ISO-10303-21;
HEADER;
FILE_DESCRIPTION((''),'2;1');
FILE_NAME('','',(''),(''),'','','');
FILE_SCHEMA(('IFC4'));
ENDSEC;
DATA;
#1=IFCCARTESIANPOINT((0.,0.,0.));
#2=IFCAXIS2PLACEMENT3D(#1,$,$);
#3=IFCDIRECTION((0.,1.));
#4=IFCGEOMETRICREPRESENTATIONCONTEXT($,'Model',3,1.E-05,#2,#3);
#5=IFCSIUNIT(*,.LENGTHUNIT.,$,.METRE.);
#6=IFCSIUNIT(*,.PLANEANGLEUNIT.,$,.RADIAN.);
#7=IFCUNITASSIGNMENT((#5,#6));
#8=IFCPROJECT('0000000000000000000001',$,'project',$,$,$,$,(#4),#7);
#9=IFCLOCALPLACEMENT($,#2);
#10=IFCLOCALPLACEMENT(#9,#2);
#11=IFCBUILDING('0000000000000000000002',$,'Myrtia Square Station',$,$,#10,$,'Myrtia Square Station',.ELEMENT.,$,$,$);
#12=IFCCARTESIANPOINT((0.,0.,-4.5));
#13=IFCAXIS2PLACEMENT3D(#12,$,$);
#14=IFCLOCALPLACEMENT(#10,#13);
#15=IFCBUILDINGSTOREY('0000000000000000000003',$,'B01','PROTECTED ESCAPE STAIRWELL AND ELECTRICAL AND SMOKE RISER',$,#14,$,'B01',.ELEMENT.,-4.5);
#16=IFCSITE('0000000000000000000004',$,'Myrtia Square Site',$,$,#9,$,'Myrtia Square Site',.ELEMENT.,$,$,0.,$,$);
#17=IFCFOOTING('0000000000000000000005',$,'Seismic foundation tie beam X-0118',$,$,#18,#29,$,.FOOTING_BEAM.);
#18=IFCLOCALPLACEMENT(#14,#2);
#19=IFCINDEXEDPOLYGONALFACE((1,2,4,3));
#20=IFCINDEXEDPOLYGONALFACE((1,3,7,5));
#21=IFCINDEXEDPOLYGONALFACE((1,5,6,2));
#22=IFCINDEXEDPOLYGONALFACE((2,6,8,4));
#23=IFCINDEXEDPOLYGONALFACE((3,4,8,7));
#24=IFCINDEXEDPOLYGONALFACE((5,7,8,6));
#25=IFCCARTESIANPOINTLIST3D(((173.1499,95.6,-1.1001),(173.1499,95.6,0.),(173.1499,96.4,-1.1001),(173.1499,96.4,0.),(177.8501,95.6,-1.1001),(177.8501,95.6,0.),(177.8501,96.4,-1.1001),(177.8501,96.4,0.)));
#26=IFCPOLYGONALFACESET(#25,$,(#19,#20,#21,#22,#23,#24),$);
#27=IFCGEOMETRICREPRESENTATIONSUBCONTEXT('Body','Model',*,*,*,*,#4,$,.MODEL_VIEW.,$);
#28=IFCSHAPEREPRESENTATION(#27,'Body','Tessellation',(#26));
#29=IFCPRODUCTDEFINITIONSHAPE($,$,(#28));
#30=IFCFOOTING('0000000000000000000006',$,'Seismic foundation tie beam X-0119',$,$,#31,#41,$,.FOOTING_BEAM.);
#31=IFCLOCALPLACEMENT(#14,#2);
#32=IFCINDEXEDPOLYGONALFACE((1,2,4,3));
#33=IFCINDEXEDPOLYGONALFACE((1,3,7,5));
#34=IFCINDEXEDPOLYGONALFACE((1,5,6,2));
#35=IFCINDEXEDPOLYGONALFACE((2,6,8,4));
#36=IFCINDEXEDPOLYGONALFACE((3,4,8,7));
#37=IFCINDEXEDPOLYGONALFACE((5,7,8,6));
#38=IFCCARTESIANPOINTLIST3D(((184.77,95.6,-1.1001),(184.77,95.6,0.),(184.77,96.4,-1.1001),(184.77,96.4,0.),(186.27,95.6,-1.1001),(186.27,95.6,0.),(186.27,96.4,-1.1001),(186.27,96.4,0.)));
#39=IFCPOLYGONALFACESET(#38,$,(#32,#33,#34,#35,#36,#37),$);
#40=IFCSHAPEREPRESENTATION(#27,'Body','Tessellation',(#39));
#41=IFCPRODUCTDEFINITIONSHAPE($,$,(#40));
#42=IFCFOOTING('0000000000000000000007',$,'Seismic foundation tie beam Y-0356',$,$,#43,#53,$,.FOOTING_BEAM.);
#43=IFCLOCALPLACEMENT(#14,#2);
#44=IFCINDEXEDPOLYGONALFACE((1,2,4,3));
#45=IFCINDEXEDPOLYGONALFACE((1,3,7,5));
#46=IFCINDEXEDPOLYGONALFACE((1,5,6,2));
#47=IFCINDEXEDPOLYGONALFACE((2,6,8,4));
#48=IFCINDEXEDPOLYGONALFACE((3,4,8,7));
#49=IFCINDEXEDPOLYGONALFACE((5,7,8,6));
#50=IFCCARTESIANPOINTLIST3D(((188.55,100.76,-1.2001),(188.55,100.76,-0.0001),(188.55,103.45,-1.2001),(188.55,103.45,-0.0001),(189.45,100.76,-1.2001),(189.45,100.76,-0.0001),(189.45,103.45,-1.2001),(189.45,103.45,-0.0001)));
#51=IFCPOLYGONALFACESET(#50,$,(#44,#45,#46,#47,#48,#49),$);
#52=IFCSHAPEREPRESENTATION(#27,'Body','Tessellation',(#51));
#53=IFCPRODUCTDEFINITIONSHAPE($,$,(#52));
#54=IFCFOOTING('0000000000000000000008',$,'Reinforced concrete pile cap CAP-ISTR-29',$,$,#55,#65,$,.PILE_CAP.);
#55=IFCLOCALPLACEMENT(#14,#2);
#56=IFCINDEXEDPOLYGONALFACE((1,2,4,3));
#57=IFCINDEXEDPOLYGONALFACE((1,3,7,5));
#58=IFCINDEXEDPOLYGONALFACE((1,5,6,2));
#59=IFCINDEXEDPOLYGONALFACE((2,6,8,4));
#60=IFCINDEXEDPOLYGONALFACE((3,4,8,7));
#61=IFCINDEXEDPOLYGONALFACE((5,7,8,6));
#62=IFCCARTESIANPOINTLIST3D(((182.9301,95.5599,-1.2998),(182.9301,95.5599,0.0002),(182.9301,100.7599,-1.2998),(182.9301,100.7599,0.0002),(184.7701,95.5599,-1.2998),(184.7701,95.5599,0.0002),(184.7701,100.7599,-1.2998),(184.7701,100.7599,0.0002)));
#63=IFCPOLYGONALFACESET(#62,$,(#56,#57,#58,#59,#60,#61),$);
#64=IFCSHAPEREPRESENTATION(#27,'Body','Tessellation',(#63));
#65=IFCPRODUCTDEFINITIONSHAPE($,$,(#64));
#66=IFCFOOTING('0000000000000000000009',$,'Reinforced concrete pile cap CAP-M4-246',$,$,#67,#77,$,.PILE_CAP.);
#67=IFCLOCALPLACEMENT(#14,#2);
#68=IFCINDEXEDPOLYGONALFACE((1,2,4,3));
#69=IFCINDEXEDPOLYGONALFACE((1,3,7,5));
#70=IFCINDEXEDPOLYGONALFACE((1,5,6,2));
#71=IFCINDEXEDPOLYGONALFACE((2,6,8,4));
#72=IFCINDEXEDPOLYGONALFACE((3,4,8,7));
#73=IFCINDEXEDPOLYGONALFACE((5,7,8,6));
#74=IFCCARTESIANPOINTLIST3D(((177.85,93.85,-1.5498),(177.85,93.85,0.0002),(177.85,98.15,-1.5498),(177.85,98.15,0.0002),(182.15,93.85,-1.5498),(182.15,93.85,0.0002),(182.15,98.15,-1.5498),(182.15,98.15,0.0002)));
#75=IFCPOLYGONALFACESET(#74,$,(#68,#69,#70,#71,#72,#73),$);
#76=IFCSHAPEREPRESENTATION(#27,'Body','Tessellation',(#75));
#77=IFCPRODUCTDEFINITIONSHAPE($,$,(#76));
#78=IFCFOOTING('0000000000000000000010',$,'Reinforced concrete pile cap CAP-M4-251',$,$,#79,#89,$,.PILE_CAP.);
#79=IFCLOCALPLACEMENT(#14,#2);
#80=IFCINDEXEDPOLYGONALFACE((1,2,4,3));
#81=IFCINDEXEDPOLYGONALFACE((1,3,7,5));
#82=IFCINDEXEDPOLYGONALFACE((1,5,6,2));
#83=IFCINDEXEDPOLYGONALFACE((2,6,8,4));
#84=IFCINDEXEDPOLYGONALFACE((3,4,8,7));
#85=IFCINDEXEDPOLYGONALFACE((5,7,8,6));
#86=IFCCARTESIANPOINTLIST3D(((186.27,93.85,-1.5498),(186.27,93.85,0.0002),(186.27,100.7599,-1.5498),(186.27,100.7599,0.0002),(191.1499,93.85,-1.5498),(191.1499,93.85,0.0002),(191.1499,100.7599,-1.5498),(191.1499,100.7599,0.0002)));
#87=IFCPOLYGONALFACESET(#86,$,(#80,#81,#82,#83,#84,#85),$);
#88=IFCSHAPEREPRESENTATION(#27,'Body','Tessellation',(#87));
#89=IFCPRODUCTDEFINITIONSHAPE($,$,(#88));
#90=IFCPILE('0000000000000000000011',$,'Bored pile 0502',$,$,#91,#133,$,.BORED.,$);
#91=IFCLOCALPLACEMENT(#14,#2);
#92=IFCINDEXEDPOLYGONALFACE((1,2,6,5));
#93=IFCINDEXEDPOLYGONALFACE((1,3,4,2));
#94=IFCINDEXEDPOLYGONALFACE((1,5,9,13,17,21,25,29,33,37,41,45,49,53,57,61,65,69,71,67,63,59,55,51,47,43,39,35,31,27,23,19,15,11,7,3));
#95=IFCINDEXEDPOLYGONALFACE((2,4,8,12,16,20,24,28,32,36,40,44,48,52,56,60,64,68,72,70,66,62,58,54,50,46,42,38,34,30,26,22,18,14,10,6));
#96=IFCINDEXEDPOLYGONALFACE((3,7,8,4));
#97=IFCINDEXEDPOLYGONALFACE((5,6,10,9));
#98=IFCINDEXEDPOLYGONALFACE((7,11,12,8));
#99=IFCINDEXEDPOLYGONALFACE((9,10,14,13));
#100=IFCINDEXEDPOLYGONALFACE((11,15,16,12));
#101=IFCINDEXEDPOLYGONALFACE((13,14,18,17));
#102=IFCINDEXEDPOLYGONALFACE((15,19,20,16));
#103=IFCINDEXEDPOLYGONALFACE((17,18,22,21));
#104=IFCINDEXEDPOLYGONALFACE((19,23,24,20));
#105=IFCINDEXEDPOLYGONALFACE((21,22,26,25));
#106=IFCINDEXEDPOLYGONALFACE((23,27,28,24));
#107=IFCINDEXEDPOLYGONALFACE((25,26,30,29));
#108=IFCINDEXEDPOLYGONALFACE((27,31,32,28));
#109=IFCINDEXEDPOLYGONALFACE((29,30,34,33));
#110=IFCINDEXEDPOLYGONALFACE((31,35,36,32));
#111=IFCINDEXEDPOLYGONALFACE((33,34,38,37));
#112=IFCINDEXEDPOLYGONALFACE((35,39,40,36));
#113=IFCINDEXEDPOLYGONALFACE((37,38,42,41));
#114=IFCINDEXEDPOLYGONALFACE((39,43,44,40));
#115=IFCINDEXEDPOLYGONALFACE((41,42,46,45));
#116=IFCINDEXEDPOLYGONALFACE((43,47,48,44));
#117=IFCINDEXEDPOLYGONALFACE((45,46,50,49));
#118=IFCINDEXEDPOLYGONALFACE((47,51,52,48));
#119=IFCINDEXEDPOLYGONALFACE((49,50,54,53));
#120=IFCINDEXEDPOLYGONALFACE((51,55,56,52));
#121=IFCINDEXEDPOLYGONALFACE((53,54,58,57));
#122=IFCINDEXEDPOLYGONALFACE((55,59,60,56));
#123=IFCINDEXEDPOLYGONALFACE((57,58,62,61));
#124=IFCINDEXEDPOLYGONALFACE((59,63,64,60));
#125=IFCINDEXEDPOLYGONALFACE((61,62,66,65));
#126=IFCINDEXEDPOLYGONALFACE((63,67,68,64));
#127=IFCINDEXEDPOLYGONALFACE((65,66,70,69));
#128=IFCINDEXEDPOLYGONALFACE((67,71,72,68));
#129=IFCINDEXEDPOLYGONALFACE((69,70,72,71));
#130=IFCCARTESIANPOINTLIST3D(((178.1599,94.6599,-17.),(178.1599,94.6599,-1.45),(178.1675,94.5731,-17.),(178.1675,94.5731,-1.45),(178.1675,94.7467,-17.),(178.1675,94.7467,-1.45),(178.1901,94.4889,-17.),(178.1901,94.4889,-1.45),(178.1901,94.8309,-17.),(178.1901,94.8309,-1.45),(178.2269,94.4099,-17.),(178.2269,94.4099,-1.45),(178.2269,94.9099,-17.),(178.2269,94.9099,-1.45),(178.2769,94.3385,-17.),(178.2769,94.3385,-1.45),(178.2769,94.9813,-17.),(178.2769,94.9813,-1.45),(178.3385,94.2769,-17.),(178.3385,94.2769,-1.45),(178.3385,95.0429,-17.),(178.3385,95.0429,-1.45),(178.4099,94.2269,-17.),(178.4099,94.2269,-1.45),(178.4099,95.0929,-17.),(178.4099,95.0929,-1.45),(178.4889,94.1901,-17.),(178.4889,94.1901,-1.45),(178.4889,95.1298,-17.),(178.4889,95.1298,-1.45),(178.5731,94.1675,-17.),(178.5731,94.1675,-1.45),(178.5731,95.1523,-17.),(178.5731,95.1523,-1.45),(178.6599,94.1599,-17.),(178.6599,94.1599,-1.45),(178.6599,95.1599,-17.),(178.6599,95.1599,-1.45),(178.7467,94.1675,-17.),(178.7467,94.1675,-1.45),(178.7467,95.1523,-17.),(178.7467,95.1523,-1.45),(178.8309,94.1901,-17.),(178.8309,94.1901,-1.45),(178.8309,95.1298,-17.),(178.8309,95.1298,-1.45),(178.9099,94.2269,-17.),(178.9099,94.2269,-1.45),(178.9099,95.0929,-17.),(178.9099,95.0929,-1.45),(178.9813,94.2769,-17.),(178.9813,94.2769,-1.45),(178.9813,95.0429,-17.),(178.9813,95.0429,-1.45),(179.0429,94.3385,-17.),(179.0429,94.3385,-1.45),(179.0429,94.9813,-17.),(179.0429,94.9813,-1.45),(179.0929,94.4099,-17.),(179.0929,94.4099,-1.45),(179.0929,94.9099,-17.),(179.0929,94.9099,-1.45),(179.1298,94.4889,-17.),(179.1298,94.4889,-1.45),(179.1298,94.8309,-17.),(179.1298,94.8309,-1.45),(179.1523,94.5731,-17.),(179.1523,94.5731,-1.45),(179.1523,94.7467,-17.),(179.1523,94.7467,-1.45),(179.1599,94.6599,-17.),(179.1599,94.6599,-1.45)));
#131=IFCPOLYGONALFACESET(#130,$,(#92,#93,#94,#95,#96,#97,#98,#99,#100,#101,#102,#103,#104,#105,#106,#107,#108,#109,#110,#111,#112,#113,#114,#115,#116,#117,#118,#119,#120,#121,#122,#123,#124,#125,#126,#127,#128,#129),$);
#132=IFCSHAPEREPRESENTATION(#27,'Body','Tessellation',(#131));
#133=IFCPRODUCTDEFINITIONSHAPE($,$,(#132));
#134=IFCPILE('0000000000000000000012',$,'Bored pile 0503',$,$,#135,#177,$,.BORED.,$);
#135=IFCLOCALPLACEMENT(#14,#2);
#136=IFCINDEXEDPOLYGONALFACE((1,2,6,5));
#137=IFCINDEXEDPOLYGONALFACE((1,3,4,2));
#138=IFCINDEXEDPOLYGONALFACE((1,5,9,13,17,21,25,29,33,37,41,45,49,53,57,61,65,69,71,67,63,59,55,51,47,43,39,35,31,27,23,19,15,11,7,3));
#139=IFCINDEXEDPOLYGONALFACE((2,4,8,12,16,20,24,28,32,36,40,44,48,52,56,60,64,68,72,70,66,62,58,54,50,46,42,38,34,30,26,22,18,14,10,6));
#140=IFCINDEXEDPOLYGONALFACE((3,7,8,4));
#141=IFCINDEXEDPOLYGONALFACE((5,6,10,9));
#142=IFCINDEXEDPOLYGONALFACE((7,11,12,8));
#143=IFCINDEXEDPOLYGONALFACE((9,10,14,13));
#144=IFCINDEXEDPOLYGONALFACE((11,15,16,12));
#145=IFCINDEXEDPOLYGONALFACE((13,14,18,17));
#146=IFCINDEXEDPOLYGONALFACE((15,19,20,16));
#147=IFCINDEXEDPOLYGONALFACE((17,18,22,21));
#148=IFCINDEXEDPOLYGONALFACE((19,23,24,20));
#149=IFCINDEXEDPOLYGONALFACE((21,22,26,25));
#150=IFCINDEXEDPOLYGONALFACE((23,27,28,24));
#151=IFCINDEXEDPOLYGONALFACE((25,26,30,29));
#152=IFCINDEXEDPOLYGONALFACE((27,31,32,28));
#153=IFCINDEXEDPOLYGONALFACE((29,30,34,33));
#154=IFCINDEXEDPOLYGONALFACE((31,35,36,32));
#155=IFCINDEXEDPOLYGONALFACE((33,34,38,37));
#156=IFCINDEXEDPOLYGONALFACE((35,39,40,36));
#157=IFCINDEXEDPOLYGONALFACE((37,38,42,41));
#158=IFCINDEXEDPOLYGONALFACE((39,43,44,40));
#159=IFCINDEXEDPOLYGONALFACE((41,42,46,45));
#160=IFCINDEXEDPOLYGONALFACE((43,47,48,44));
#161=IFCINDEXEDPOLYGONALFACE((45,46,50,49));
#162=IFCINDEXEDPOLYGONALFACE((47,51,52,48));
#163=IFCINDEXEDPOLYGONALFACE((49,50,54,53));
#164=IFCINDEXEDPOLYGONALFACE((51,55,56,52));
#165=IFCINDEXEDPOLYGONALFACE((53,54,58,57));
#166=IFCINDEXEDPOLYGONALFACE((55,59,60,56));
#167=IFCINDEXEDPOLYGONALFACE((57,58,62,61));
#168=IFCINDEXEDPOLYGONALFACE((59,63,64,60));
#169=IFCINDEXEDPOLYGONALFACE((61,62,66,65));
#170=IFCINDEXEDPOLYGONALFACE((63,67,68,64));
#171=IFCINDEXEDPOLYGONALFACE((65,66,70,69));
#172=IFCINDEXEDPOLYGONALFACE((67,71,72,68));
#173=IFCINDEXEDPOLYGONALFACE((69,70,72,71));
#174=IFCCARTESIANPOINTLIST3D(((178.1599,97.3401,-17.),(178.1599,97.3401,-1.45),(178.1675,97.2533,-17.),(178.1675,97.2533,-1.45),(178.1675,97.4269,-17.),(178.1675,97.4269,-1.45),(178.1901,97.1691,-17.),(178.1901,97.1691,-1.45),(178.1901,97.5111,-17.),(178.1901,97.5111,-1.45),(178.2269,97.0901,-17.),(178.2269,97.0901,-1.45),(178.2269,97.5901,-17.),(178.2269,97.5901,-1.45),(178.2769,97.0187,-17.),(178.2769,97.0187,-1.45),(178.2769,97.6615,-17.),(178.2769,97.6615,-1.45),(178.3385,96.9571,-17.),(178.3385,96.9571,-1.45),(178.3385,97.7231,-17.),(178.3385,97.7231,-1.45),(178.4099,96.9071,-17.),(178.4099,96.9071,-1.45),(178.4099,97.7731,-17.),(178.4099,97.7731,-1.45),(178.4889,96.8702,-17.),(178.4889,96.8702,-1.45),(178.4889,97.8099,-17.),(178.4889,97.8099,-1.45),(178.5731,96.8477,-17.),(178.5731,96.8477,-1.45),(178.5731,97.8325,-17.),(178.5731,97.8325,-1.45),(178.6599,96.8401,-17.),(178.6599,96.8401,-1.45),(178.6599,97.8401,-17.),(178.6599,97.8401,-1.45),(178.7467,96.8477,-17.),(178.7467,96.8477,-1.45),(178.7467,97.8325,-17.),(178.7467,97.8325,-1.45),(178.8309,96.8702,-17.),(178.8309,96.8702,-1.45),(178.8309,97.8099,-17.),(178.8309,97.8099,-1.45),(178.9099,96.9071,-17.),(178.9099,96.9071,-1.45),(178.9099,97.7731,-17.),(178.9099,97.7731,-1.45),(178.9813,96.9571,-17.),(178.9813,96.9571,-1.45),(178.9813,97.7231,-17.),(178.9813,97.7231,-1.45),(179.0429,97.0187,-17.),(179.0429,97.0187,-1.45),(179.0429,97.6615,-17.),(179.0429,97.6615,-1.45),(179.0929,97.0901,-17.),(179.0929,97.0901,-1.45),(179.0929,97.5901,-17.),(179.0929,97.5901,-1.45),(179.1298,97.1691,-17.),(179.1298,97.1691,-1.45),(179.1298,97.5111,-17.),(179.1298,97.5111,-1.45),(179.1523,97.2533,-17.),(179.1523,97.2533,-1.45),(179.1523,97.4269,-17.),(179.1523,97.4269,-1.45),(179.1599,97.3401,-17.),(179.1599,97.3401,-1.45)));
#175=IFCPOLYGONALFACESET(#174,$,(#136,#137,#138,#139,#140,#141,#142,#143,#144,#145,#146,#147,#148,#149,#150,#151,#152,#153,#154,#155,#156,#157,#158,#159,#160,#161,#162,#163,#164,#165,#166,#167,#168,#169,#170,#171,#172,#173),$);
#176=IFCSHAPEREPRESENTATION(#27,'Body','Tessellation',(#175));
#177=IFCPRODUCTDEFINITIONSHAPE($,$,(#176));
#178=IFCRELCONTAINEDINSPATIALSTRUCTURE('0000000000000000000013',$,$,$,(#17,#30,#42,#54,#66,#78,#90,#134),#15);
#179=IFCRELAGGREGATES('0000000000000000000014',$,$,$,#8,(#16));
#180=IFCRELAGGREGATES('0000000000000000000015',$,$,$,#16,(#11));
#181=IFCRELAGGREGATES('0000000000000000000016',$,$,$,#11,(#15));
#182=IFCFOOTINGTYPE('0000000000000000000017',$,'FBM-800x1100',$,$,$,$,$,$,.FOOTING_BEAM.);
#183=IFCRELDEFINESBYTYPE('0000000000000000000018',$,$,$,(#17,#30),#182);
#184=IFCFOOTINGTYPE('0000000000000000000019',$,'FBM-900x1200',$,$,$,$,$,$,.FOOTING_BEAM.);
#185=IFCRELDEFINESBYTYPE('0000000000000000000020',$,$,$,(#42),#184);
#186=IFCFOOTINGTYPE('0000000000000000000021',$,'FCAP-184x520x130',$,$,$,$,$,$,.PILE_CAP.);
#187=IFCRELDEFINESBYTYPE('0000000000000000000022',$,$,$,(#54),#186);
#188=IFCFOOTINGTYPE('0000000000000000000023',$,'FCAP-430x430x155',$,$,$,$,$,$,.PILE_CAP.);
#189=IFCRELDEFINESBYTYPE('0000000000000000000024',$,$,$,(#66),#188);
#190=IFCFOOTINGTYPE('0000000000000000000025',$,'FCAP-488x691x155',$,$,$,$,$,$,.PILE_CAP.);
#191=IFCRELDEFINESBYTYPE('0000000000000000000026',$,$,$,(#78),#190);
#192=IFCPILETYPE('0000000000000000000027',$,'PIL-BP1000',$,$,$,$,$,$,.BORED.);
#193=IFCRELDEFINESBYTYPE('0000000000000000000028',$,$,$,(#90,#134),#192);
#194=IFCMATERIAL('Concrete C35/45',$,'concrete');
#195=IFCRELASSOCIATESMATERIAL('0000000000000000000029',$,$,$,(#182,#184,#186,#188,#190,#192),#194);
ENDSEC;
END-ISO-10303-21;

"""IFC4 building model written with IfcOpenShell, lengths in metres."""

from ifc_helpers import new_model, si_unit, direction, frame, origin, origin_2d, place, context, subcontext, project, spatial, rectangle, circle, extrude, material, material_profile, profile_set, type_object, element, save


model = new_model("IFC4")

# Units and contexts
model_context = context("Model", 3, precision=1e-05, world=origin(), true_north=direction((0.0, 1.0)))
body_context = subcontext(model_context, "Body", "Model", "MODEL_VIEW")
ifc_project = project(units=[si_unit("LENGTHUNIT", "METRE"), si_unit("PLANEANGLEUNIT", "RADIAN")], contexts=[model_context])

# Site, building, storey
site_placement = place(None, origin())
site = spatial("IfcSite", under=ifc_project, at=site_placement, Name="Myrtia Square Site", LongName="Myrtia Square Site", CompositionType="ELEMENT", RefElevation=0.0)
building_placement = place(site_placement, origin())
building = spatial("IfcBuilding", under=site, at=building_placement, Name="Myrtia Square Station", LongName="Myrtia Square Station", CompositionType="ELEMENT")
storey_placement = place(building_placement, frame((0.0, 0.0, -4.5)))
storey = spatial("IfcBuildingStorey", under=building, at=storey_placement, Name="B01", Description="PROTECTED ESCAPE STAIRWELL AND ELECTRICAL AND SMOKE RISER", LongName="B01", CompositionType="ELEMENT", Elevation=-4.5)

# Footings
ifc_material_1 = material(Name="Concrete C35/45", Category="concrete")
ifc_material_profile_1 = material_profile(ifc_material_1, rectangle(XDim=0.8, YDim=1.1001, at=origin_2d()), Name="FB 800x1100")
ifc_profile_set_1 = profile_set([ifc_material_profile_1], Name="Concrete C35/45")
footing_type_1 = type_object("IfcFootingType", Name="FBM-800x1100", PredefinedType="FOOTING_BEAM", material=ifc_profile_set_1)
footing_1_placement = place(storey_placement, frame((173.1499, 96.0, -0.55), z_axis=(1.0, 0.0, 0.0), x_axis=(0.0, 1.0, 0.0)))
element("IfcFooting", 1, at=footing_1_placement, inside=storey, type_object=footing_type_1, Name="Seismic foundation tie beam X-0118", PredefinedType="FOOTING_BEAM", context=body_context, shape_type="SweptSolid", body=[
    extrude(rectangle(XDim=0.8, YDim=1.1001, at=origin_2d()), origin(), (0.0, 0.0, 1.0), 4.7002),
])
footing_2_placement = place(storey_placement, frame((184.77, 96.0, -0.55), z_axis=(1.0, 0.0, 0.0), x_axis=(0.0, 1.0, 0.0)))
element("IfcFooting", 2, at=footing_2_placement, inside=storey, type_object=footing_type_1, Name="Seismic foundation tie beam X-0119", PredefinedType="FOOTING_BEAM", context=body_context, shape_type="SweptSolid", body=[
    extrude(rectangle(XDim=0.8, YDim=1.1001, at=origin_2d()), origin(), (0.0, 0.0, 1.0), 1.5),
])
ifc_material_profile_2 = material_profile(ifc_material_1, rectangle(XDim=0.8999, YDim=1.2, at=origin_2d()), Name="FB 900x1200")
ifc_profile_set_2 = profile_set([ifc_material_profile_2], Name="Concrete C35/45")
footing_type_2 = type_object("IfcFootingType", Name="FBM-900x1200", PredefinedType="FOOTING_BEAM", material=ifc_profile_set_2)
footing_3_placement = place(storey_placement, frame((189.0, 100.76, -0.6001), z_axis=(0.0, 1.0, 0.0), x_axis=(-1.0, 0.0, 0.0)))
element("IfcFooting", 3, at=footing_3_placement, inside=storey, type_object=footing_type_2, Name="Seismic foundation tie beam Y-0356", PredefinedType="FOOTING_BEAM", context=body_context, shape_type="SweptSolid", body=[
    extrude(rectangle(XDim=0.8999, YDim=1.2, at=origin_2d()), origin(), (0.0, 0.0, 1.0), 2.6899),
])
footing_type_3 = type_object("IfcFootingType", Name="FCAP-184x520x130", PredefinedType="PILE_CAP", material=ifc_material_1)
footing_4_placement = place(storey_placement, frame((183.8501, 98.1599, -1.2998), z_axis=(0.0, 0.0, 1.0), x_axis=(1.0, 0.0, 0.0)))
element("IfcFooting", 4, at=footing_4_placement, inside=storey, type_object=footing_type_3, Name="Reinforced concrete pile cap CAP-ISTR-29", PredefinedType="PILE_CAP", context=body_context, shape_type="SweptSolid", body=[
    extrude(rectangle(XDim=1.8401, YDim=5.2, at=origin_2d()), origin(), (0.0, 0.0, 1.0), 1.3),
])
footing_type_4 = type_object("IfcFootingType", Name="FCAP-430x430x155", PredefinedType="PILE_CAP", material=ifc_material_1)
footing_5_placement = place(storey_placement, frame((180.0, 96.0, -1.5498), z_axis=(0.0, 0.0, 1.0), x_axis=(1.0, 0.0, 0.0)))
element("IfcFooting", 5, at=footing_5_placement, inside=storey, type_object=footing_type_4, Name="Reinforced concrete pile cap CAP-M4-246", PredefinedType="PILE_CAP", context=body_context, shape_type="SweptSolid", body=[
    extrude(rectangle(XDim=4.3, YDim=4.3, at=origin_2d()), origin(), (0.0, 0.0, 1.0), 1.55),
])
footing_type_5 = type_object("IfcFootingType", Name="FCAP-488x691x155", PredefinedType="PILE_CAP", material=ifc_material_1)
footing_6_placement = place(storey_placement, frame((188.71, 97.3049, -1.5498), z_axis=(0.0, 0.0, 1.0), x_axis=(1.0, 0.0, 0.0)))
element("IfcFooting", 6, at=footing_6_placement, inside=storey, type_object=footing_type_5, Name="Reinforced concrete pile cap CAP-M4-251", PredefinedType="PILE_CAP", context=body_context, shape_type="SweptSolid", body=[
    extrude(rectangle(XDim=4.8799, YDim=6.9099, at=origin_2d()), origin(), (0.0, 0.0, 1.0), 1.55),
])

# Piles
ifc_material_profile_3 = material_profile(ifc_material_1, circle(Radius=0.5, at=origin_2d()), Name="BP D1000")
ifc_profile_set_3 = profile_set([ifc_material_profile_3], Name="Concrete C35/45")
pile_type_1 = type_object("IfcPileType", Name="PIL-BP1000", PredefinedType="BORED", material=ifc_profile_set_3)
for number, where, z_axis, x_axis, name in (
    (7, (178.6599, 94.6599, -1.45), (0.0, 0.0, -1.0), (1.0, 0.0, 0.0), "Bored pile 0502"),
    (8, (178.6599, 97.3401, -1.45), (0.0, 0.0, -1.0), (1.0, 0.0, 0.0), "Bored pile 0503"),
):
    element("IfcPile", number, at=place(storey_placement, frame(where, z_axis=z_axis, x_axis=x_axis)), inside=storey, type_object=pile_type_1, Name=name, PredefinedType="BORED", context=body_context, shape_type="SweptSolid", body=[
        extrude(circle(Radius=0.5, at=origin_2d()), origin(), (0.0, 0.0, 1.0), 15.55),
    ])

save(model, "model.ifc")
